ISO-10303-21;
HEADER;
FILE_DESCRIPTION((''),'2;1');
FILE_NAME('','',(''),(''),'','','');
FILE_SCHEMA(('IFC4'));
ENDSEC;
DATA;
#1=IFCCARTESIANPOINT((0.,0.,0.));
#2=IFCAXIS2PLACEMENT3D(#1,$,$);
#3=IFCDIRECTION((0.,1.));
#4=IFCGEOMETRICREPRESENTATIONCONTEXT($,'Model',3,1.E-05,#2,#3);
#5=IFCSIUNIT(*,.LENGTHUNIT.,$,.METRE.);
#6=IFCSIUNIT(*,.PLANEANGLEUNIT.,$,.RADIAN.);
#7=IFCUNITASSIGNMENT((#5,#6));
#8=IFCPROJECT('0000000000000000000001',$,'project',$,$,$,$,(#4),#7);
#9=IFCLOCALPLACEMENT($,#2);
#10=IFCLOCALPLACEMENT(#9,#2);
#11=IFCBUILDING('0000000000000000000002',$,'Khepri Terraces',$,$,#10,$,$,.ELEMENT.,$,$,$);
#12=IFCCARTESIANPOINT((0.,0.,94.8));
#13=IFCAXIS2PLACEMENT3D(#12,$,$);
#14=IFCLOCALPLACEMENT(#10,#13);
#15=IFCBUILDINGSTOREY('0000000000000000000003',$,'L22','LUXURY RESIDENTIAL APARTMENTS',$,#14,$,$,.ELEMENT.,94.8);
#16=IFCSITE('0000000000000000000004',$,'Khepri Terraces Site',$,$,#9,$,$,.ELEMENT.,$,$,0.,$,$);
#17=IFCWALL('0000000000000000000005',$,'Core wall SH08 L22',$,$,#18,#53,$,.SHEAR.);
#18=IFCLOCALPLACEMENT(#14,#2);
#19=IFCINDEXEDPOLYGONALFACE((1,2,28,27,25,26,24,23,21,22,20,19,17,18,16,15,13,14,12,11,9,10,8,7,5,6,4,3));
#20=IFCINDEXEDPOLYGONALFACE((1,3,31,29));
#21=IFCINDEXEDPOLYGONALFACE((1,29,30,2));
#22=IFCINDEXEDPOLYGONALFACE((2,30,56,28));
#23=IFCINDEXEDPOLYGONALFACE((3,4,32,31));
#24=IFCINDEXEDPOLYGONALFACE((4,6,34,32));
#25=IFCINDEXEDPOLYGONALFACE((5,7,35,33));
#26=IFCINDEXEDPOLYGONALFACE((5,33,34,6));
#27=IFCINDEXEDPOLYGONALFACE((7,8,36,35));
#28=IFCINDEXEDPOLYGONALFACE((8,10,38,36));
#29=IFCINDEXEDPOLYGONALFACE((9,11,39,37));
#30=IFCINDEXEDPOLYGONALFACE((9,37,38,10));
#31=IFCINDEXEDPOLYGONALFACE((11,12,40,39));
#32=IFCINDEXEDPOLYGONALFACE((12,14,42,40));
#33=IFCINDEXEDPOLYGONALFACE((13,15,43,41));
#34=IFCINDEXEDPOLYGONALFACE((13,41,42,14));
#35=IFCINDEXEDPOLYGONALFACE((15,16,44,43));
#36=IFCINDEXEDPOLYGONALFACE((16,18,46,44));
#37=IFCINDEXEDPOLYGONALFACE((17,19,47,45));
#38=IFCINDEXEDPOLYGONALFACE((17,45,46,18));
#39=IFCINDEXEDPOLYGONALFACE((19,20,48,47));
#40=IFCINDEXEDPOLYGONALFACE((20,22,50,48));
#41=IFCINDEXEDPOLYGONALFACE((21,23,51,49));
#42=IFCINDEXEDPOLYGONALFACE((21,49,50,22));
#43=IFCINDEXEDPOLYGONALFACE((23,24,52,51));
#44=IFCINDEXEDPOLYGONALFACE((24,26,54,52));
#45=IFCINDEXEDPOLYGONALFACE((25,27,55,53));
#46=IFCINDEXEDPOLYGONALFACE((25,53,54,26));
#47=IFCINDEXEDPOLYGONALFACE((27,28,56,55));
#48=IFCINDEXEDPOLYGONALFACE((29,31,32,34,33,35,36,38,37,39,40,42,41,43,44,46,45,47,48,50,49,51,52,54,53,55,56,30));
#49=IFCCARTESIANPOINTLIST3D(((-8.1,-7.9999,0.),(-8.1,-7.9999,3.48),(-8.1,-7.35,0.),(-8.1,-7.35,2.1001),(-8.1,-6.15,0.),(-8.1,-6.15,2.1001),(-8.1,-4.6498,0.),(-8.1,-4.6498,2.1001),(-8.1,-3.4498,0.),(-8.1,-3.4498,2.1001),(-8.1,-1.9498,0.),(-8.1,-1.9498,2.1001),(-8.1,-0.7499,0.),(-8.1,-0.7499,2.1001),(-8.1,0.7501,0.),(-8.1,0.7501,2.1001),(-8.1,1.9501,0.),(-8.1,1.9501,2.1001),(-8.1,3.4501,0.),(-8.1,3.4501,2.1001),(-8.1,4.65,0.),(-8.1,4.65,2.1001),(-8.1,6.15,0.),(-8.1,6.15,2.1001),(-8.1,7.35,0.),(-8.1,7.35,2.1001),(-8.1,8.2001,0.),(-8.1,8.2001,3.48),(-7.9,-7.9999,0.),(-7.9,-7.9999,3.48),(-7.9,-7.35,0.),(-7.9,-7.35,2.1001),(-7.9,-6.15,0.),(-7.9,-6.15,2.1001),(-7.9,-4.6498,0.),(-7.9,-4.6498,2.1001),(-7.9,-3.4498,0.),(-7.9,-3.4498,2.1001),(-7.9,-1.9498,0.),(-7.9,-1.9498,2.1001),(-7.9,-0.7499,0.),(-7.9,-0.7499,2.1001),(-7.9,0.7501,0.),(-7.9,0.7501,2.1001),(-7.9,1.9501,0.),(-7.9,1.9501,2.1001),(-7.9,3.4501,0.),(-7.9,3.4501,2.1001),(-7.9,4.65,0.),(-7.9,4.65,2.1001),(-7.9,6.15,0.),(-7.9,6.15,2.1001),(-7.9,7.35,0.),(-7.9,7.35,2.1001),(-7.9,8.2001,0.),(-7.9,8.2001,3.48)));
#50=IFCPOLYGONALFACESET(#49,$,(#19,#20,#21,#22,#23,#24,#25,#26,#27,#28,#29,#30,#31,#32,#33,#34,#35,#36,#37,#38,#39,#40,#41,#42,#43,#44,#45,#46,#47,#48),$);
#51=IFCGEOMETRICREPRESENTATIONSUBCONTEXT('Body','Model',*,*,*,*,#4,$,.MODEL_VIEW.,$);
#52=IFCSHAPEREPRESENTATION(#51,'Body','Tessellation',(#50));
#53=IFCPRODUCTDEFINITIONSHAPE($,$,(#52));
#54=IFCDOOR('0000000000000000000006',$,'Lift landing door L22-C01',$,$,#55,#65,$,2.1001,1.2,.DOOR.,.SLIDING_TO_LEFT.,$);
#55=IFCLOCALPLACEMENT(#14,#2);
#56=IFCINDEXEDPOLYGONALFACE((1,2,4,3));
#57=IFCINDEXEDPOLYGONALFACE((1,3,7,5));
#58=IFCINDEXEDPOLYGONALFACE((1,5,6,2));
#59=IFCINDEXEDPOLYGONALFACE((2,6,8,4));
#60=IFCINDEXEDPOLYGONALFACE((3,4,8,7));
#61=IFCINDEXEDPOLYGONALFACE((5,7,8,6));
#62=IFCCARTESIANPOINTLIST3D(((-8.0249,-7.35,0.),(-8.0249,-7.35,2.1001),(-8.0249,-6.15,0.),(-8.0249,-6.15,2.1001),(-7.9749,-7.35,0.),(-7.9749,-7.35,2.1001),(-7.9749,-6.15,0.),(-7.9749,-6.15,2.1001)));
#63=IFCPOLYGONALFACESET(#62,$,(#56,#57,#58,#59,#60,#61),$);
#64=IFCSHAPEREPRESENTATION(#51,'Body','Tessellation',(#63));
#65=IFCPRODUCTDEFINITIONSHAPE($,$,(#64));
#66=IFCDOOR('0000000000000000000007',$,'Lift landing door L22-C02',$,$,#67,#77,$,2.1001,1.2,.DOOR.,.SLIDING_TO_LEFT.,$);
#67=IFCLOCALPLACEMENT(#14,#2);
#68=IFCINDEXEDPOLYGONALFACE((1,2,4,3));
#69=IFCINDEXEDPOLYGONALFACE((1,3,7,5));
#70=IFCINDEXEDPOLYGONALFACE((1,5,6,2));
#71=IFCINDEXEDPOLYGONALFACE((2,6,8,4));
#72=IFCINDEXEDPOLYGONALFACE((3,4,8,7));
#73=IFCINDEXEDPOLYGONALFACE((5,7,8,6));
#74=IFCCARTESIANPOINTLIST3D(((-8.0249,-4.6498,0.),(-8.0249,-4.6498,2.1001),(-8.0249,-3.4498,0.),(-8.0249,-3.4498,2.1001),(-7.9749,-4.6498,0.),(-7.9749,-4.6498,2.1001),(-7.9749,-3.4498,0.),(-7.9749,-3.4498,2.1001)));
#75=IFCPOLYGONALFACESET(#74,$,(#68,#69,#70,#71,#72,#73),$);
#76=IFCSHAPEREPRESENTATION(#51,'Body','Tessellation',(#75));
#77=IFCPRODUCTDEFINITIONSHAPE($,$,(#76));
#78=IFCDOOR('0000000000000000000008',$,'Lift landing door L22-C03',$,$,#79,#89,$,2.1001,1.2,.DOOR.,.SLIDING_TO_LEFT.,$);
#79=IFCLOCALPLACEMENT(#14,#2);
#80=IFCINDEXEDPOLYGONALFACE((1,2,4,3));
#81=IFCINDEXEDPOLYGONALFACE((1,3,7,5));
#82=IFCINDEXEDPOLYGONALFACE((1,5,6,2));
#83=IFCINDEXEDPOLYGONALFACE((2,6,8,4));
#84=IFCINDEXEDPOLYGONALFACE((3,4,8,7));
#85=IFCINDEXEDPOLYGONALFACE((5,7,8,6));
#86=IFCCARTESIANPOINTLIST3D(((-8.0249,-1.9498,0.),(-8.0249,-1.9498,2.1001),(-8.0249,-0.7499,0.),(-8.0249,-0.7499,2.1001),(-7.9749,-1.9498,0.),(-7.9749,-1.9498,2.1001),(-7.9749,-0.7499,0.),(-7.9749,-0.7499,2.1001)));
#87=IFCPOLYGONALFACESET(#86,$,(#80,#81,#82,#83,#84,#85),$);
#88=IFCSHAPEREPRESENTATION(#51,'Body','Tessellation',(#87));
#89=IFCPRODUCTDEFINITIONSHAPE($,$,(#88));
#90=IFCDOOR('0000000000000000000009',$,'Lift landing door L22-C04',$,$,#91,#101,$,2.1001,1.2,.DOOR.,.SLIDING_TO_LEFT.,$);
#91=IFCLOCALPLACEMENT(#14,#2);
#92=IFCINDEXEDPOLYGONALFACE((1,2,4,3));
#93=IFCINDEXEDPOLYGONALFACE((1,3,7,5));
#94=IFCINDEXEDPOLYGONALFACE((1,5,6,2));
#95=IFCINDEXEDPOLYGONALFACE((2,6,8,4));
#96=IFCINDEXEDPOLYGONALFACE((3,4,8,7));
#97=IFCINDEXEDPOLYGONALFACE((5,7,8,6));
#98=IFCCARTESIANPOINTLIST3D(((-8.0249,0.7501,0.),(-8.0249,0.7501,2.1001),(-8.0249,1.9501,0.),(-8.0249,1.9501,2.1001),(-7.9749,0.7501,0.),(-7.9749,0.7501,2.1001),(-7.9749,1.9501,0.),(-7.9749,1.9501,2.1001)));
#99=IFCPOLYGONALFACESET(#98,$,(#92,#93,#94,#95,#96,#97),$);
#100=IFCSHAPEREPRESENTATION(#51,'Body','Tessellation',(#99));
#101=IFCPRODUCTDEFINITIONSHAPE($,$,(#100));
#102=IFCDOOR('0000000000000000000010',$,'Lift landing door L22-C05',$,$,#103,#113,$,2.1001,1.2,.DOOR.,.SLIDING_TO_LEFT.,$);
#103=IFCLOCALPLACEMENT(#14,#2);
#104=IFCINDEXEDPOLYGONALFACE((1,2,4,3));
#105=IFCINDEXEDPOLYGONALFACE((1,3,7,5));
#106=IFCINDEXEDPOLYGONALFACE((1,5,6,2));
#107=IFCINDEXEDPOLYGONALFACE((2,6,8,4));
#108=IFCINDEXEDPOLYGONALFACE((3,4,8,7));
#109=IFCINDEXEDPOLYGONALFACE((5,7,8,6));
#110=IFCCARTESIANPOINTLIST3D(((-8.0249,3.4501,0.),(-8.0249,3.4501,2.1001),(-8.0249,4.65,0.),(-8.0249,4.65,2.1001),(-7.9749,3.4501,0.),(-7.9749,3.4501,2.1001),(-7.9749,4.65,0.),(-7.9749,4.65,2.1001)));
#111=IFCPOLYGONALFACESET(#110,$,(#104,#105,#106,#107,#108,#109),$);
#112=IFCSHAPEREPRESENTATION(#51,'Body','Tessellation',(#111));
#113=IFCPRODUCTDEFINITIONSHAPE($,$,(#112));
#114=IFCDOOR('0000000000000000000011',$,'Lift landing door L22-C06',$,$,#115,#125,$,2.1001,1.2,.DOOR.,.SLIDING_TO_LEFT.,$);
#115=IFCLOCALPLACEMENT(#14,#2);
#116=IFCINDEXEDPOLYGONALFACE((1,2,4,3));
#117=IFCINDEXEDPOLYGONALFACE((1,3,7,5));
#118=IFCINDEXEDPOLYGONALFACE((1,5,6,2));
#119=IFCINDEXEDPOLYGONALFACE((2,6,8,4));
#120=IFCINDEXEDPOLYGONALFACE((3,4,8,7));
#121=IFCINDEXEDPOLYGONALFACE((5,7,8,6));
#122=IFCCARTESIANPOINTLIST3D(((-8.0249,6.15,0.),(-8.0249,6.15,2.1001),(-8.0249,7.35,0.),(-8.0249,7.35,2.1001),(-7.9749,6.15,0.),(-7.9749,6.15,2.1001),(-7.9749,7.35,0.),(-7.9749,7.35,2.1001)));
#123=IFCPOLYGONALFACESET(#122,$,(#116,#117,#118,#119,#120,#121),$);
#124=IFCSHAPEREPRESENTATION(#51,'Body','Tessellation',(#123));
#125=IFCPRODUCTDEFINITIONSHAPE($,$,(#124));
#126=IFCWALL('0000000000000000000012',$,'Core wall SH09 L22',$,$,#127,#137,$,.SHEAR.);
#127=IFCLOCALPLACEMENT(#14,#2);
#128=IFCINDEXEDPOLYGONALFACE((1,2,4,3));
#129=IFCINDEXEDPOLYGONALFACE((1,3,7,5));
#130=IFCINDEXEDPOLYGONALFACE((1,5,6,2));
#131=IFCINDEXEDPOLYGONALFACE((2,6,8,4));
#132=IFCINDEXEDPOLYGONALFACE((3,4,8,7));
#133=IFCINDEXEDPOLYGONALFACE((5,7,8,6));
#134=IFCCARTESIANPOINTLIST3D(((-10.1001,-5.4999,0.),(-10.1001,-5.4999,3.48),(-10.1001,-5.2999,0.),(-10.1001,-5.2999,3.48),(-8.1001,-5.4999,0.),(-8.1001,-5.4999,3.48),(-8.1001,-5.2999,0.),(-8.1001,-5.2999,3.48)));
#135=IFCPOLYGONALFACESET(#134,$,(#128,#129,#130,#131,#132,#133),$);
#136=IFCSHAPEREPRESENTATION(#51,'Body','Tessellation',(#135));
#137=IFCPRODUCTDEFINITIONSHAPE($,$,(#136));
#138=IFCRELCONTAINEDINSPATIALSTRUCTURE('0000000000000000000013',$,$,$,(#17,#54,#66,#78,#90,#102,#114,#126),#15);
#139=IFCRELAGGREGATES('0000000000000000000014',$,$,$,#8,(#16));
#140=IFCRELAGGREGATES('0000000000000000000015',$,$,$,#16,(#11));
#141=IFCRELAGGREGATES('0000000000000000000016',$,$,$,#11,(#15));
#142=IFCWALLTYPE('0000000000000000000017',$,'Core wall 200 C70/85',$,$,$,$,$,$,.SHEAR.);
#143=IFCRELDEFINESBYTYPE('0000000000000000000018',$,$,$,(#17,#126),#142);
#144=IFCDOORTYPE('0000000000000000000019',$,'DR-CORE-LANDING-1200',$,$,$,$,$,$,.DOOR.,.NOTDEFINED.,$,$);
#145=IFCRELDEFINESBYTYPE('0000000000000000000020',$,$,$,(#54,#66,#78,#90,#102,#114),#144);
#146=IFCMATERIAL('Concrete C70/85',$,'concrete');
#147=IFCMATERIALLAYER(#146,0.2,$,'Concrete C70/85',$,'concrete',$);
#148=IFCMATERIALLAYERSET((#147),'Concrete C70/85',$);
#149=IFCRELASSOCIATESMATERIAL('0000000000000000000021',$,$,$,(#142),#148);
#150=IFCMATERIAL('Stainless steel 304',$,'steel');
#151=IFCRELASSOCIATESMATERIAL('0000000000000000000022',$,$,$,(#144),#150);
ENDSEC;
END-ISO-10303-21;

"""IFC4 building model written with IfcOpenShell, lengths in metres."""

from ifc_helpers import new_model, si_unit, direction, frame, frame_2d, origin, place, context, subcontext, project, spatial, rectangle, extrude, material, layer, layer_set, type_object, element, fill, save


model = new_model("IFC4")

# Units and contexts
model_context = context("Model", 3, precision=1e-05, world=origin(), true_north=direction((0.0, 1.0)))
body_context = subcontext(model_context, "Body", "Model", "MODEL_VIEW")
ifc_project = project(units=[si_unit("LENGTHUNIT", "METRE"), si_unit("PLANEANGLEUNIT", "RADIAN")], contexts=[model_context])

# Site, building, storey
site_placement = place(None, origin())
site = spatial("IfcSite", under=ifc_project, at=site_placement, Name="Khepri Terraces Site", CompositionType="ELEMENT", RefElevation=0.0)
building_placement = place(site_placement, origin())
building = spatial("IfcBuilding", under=site, at=building_placement, Name="Khepri Terraces", CompositionType="ELEMENT")
storey_placement = place(building_placement, frame((0.0, 0.0, 94.8)))
storey = spatial("IfcBuildingStorey", under=building, at=storey_placement, Name="L22", Description="LUXURY RESIDENTIAL APARTMENTS", CompositionType="ELEMENT", Elevation=94.8)

# Shared definitions
ifc_material_1 = material(Name="Concrete C70/85", Category="concrete")
ifc_layer_1 = layer(ifc_material_1, 0.2, Name="Concrete C70/85", Category="concrete")
ifc_layer_set_1 = layer_set([ifc_layer_1], Name="Concrete C70/85")
wall_type_1 = type_object("IfcWallType", Name="Core wall 200 C70/85", PredefinedType="SHEAR", material=ifc_layer_set_1)

# Wall, openings, doors
wall_1_placement = place(storey_placement, frame((-8.0, -8.0, 0.0), z_axis=(0.0, 0.0, 1.0), x_axis=(0.0, 1.0, 0.0)))
wall_1 = element("IfcWall", 1, at=wall_1_placement, inside=storey, type_object=wall_type_1, Name="Core wall SH08 L22", PredefinedType="SHEAR", context=body_context, shape_type="SweptSolid", body=[
    extrude(rectangle(XDim=16.2, YDim=0.2, at=frame_2d((8.1001, 0.0))), origin(), (0.0, 0.0, 1.0), 3.48),
])
opening_1_placement = place(wall_1_placement, frame((0.6499, 0.0, 0.0)))
opening_1 = element("IfcOpeningElement", 2, at=opening_1_placement, cuts=wall_1, PredefinedType="OPENING", context=body_context, shape_type="SweptSolid", body=[
    extrude(rectangle(XDim=1.2, YDim=2.1001, at=frame_2d((0.6001, 1.05))), frame((0.0, 0.1099, 0.0), z_axis=(0.0, -1.0, 0.0), x_axis=(1.0, 0.0, 0.0)), (0.0, 0.0, 1.0), 0.22),
])
opening_2_placement = place(wall_1_placement, frame((3.3501, 0.0, 0.0)))
opening_2 = element("IfcOpeningElement", 3, at=opening_2_placement, cuts=wall_1, PredefinedType="OPENING", context=body_context, shape_type="SweptSolid", body=[
    extrude(rectangle(XDim=1.2, YDim=2.1001, at=frame_2d((0.6001, 1.05))), frame((0.0, 0.1099, 0.0), z_axis=(0.0, -1.0, 0.0), x_axis=(1.0, 0.0, 0.0)), (0.0, 0.0, 1.0), 0.22),
])
opening_3_placement = place(wall_1_placement, frame((6.05, 0.0, 0.0)))
opening_3 = element("IfcOpeningElement", 4, at=opening_3_placement, cuts=wall_1, PredefinedType="OPENING", context=body_context, shape_type="SweptSolid", body=[
    extrude(rectangle(XDim=1.2, YDim=2.1001, at=frame_2d((0.6001, 1.05))), frame((0.0, 0.1099, 0.0), z_axis=(0.0, -1.0, 0.0), x_axis=(1.0, 0.0, 0.0)), (0.0, 0.0, 1.0), 0.22),
])
opening_4_placement = place(wall_1_placement, frame((8.75, 0.0, 0.0)))
opening_4 = element("IfcOpeningElement", 5, at=opening_4_placement, cuts=wall_1, PredefinedType="OPENING", context=body_context, shape_type="SweptSolid", body=[
    extrude(rectangle(XDim=1.2, YDim=2.1001, at=frame_2d((0.6001, 1.05))), frame((0.0, 0.1099, 0.0), z_axis=(0.0, -1.0, 0.0), x_axis=(1.0, 0.0, 0.0)), (0.0, 0.0, 1.0), 0.22),
])
opening_5_placement = place(wall_1_placement, frame((11.45, 0.0, 0.0)))
opening_5 = element("IfcOpeningElement", 6, at=opening_5_placement, cuts=wall_1, PredefinedType="OPENING", context=body_context, shape_type="SweptSolid", body=[
    extrude(rectangle(XDim=1.2, YDim=2.1001, at=frame_2d((0.6001, 1.05))), frame((0.0, 0.1099, 0.0), z_axis=(0.0, -1.0, 0.0), x_axis=(1.0, 0.0, 0.0)), (0.0, 0.0, 1.0), 0.22),
])
opening_6_placement = place(wall_1_placement, frame((14.1499, 0.0, 0.0)))
opening_6 = element("IfcOpeningElement", 7, at=opening_6_placement, cuts=wall_1, PredefinedType="OPENING", context=body_context, shape_type="SweptSolid", body=[
    extrude(rectangle(XDim=1.2, YDim=2.1001, at=frame_2d((0.6001, 1.05))), frame((0.0, 0.1099, 0.0), z_axis=(0.0, -1.0, 0.0), x_axis=(1.0, 0.0, 0.0)), (0.0, 0.0, 1.0), 0.22),
])
ifc_material_2 = material(Name="Stainless steel 304", Category="steel")
door_type_1 = type_object("IfcDoorType", Name="DR-CORE-LANDING-1200", OperationType="NOTDEFINED", PredefinedType="DOOR", material=ifc_material_2)
door_1_placement = place(opening_1_placement, origin())
door_1 = element("IfcDoor", 8, at=door_1_placement, inside=storey, type_object=door_type_1, Name="Lift landing door L22-C01", OperationType="SLIDING_TO_LEFT", OverallHeight=2.1001, OverallWidth=1.2, PredefinedType="DOOR", context=body_context, shape_type="SweptSolid", body=[
    extrude(rectangle(XDim=1.2, YDim=2.1001, at=frame_2d((0.6001, 1.05))), frame((0.0, 0.0249, 0.0), z_axis=(0.0, -1.0, 0.0), x_axis=(1.0, 0.0, 0.0)), (0.0, 0.0, 1.0), 0.05),
])
fill(opening_1, door_1)
door_2_placement = place(opening_2_placement, origin())
door_2 = element("IfcDoor", 9, at=door_2_placement, inside=storey, type_object=door_type_1, Name="Lift landing door L22-C02", OperationType="SLIDING_TO_LEFT", OverallHeight=2.1001, OverallWidth=1.2, PredefinedType="DOOR", context=body_context, shape_type="SweptSolid", body=[
    extrude(rectangle(XDim=1.2, YDim=2.1001, at=frame_2d((0.6001, 1.05))), frame((0.0, 0.0249, 0.0), z_axis=(0.0, -1.0, 0.0), x_axis=(1.0, 0.0, 0.0)), (0.0, 0.0, 1.0), 0.05),
])
fill(opening_2, door_2)
door_3_placement = place(opening_3_placement, origin())
door_3 = element("IfcDoor", 10, at=door_3_placement, inside=storey, type_object=door_type_1, Name="Lift landing door L22-C03", OperationType="SLIDING_TO_LEFT", OverallHeight=2.1001, OverallWidth=1.2, PredefinedType="DOOR", context=body_context, shape_type="SweptSolid", body=[
    extrude(rectangle(XDim=1.2, YDim=2.1001, at=frame_2d((0.6001, 1.05))), frame((0.0, 0.0249, 0.0), z_axis=(0.0, -1.0, 0.0), x_axis=(1.0, 0.0, 0.0)), (0.0, 0.0, 1.0), 0.05),
])
fill(opening_3, door_3)
door_4_placement = place(opening_4_placement, origin())
door_4 = element("IfcDoor", 11, at=door_4_placement, inside=storey, type_object=door_type_1, Name="Lift landing door L22-C04", OperationType="SLIDING_TO_LEFT", OverallHeight=2.1001, OverallWidth=1.2, PredefinedType="DOOR", context=body_context, shape_type="SweptSolid", body=[
    extrude(rectangle(XDim=1.2, YDim=2.1001, at=frame_2d((0.6001, 1.05))), frame((0.0, 0.0249, 0.0), z_axis=(0.0, -1.0, 0.0), x_axis=(1.0, 0.0, 0.0)), (0.0, 0.0, 1.0), 0.05),
])
fill(opening_4, door_4)
door_5_placement = place(opening_5_placement, origin())
door_5 = element("IfcDoor", 12, at=door_5_placement, inside=storey, type_object=door_type_1, Name="Lift landing door L22-C05", OperationType="SLIDING_TO_LEFT", OverallHeight=2.1001, OverallWidth=1.2, PredefinedType="DOOR", context=body_context, shape_type="SweptSolid", body=[
    extrude(rectangle(XDim=1.2, YDim=2.1001, at=frame_2d((0.6001, 1.05))), frame((0.0, 0.0249, 0.0), z_axis=(0.0, -1.0, 0.0), x_axis=(1.0, 0.0, 0.0)), (0.0, 0.0, 1.0), 0.05),
])
fill(opening_5, door_5)
door_6_placement = place(opening_6_placement, origin())
door_6 = element("IfcDoor", 13, at=door_6_placement, inside=storey, type_object=door_type_1, Name="Lift landing door L22-C06", OperationType="SLIDING_TO_LEFT", OverallHeight=2.1001, OverallWidth=1.2, PredefinedType="DOOR", context=body_context, shape_type="SweptSolid", body=[
    extrude(rectangle(XDim=1.2, YDim=2.1001, at=frame_2d((0.6001, 1.05))), frame((0.0, 0.0249, 0.0), z_axis=(0.0, -1.0, 0.0), x_axis=(1.0, 0.0, 0.0)), (0.0, 0.0, 1.0), 0.05),
])
fill(opening_6, door_6)

# Wall
wall_2_placement = place(storey_placement, frame((-10.1001, -5.3999, 0.0), z_axis=(0.0, 0.0, 1.0), x_axis=(1.0, 0.0, 0.0)))
element("IfcWall", 14, at=wall_2_placement, inside=storey, type_object=wall_type_1, Name="Core wall SH09 L22", PredefinedType="SHEAR", context=body_context, shape_type="SweptSolid", body=[
    extrude(rectangle(XDim=2.0, YDim=0.2, at=frame_2d((1.0, 0.0))), origin(), (0.0, 0.0, 1.0), 3.48),
])

save(model, "model.ifc")
